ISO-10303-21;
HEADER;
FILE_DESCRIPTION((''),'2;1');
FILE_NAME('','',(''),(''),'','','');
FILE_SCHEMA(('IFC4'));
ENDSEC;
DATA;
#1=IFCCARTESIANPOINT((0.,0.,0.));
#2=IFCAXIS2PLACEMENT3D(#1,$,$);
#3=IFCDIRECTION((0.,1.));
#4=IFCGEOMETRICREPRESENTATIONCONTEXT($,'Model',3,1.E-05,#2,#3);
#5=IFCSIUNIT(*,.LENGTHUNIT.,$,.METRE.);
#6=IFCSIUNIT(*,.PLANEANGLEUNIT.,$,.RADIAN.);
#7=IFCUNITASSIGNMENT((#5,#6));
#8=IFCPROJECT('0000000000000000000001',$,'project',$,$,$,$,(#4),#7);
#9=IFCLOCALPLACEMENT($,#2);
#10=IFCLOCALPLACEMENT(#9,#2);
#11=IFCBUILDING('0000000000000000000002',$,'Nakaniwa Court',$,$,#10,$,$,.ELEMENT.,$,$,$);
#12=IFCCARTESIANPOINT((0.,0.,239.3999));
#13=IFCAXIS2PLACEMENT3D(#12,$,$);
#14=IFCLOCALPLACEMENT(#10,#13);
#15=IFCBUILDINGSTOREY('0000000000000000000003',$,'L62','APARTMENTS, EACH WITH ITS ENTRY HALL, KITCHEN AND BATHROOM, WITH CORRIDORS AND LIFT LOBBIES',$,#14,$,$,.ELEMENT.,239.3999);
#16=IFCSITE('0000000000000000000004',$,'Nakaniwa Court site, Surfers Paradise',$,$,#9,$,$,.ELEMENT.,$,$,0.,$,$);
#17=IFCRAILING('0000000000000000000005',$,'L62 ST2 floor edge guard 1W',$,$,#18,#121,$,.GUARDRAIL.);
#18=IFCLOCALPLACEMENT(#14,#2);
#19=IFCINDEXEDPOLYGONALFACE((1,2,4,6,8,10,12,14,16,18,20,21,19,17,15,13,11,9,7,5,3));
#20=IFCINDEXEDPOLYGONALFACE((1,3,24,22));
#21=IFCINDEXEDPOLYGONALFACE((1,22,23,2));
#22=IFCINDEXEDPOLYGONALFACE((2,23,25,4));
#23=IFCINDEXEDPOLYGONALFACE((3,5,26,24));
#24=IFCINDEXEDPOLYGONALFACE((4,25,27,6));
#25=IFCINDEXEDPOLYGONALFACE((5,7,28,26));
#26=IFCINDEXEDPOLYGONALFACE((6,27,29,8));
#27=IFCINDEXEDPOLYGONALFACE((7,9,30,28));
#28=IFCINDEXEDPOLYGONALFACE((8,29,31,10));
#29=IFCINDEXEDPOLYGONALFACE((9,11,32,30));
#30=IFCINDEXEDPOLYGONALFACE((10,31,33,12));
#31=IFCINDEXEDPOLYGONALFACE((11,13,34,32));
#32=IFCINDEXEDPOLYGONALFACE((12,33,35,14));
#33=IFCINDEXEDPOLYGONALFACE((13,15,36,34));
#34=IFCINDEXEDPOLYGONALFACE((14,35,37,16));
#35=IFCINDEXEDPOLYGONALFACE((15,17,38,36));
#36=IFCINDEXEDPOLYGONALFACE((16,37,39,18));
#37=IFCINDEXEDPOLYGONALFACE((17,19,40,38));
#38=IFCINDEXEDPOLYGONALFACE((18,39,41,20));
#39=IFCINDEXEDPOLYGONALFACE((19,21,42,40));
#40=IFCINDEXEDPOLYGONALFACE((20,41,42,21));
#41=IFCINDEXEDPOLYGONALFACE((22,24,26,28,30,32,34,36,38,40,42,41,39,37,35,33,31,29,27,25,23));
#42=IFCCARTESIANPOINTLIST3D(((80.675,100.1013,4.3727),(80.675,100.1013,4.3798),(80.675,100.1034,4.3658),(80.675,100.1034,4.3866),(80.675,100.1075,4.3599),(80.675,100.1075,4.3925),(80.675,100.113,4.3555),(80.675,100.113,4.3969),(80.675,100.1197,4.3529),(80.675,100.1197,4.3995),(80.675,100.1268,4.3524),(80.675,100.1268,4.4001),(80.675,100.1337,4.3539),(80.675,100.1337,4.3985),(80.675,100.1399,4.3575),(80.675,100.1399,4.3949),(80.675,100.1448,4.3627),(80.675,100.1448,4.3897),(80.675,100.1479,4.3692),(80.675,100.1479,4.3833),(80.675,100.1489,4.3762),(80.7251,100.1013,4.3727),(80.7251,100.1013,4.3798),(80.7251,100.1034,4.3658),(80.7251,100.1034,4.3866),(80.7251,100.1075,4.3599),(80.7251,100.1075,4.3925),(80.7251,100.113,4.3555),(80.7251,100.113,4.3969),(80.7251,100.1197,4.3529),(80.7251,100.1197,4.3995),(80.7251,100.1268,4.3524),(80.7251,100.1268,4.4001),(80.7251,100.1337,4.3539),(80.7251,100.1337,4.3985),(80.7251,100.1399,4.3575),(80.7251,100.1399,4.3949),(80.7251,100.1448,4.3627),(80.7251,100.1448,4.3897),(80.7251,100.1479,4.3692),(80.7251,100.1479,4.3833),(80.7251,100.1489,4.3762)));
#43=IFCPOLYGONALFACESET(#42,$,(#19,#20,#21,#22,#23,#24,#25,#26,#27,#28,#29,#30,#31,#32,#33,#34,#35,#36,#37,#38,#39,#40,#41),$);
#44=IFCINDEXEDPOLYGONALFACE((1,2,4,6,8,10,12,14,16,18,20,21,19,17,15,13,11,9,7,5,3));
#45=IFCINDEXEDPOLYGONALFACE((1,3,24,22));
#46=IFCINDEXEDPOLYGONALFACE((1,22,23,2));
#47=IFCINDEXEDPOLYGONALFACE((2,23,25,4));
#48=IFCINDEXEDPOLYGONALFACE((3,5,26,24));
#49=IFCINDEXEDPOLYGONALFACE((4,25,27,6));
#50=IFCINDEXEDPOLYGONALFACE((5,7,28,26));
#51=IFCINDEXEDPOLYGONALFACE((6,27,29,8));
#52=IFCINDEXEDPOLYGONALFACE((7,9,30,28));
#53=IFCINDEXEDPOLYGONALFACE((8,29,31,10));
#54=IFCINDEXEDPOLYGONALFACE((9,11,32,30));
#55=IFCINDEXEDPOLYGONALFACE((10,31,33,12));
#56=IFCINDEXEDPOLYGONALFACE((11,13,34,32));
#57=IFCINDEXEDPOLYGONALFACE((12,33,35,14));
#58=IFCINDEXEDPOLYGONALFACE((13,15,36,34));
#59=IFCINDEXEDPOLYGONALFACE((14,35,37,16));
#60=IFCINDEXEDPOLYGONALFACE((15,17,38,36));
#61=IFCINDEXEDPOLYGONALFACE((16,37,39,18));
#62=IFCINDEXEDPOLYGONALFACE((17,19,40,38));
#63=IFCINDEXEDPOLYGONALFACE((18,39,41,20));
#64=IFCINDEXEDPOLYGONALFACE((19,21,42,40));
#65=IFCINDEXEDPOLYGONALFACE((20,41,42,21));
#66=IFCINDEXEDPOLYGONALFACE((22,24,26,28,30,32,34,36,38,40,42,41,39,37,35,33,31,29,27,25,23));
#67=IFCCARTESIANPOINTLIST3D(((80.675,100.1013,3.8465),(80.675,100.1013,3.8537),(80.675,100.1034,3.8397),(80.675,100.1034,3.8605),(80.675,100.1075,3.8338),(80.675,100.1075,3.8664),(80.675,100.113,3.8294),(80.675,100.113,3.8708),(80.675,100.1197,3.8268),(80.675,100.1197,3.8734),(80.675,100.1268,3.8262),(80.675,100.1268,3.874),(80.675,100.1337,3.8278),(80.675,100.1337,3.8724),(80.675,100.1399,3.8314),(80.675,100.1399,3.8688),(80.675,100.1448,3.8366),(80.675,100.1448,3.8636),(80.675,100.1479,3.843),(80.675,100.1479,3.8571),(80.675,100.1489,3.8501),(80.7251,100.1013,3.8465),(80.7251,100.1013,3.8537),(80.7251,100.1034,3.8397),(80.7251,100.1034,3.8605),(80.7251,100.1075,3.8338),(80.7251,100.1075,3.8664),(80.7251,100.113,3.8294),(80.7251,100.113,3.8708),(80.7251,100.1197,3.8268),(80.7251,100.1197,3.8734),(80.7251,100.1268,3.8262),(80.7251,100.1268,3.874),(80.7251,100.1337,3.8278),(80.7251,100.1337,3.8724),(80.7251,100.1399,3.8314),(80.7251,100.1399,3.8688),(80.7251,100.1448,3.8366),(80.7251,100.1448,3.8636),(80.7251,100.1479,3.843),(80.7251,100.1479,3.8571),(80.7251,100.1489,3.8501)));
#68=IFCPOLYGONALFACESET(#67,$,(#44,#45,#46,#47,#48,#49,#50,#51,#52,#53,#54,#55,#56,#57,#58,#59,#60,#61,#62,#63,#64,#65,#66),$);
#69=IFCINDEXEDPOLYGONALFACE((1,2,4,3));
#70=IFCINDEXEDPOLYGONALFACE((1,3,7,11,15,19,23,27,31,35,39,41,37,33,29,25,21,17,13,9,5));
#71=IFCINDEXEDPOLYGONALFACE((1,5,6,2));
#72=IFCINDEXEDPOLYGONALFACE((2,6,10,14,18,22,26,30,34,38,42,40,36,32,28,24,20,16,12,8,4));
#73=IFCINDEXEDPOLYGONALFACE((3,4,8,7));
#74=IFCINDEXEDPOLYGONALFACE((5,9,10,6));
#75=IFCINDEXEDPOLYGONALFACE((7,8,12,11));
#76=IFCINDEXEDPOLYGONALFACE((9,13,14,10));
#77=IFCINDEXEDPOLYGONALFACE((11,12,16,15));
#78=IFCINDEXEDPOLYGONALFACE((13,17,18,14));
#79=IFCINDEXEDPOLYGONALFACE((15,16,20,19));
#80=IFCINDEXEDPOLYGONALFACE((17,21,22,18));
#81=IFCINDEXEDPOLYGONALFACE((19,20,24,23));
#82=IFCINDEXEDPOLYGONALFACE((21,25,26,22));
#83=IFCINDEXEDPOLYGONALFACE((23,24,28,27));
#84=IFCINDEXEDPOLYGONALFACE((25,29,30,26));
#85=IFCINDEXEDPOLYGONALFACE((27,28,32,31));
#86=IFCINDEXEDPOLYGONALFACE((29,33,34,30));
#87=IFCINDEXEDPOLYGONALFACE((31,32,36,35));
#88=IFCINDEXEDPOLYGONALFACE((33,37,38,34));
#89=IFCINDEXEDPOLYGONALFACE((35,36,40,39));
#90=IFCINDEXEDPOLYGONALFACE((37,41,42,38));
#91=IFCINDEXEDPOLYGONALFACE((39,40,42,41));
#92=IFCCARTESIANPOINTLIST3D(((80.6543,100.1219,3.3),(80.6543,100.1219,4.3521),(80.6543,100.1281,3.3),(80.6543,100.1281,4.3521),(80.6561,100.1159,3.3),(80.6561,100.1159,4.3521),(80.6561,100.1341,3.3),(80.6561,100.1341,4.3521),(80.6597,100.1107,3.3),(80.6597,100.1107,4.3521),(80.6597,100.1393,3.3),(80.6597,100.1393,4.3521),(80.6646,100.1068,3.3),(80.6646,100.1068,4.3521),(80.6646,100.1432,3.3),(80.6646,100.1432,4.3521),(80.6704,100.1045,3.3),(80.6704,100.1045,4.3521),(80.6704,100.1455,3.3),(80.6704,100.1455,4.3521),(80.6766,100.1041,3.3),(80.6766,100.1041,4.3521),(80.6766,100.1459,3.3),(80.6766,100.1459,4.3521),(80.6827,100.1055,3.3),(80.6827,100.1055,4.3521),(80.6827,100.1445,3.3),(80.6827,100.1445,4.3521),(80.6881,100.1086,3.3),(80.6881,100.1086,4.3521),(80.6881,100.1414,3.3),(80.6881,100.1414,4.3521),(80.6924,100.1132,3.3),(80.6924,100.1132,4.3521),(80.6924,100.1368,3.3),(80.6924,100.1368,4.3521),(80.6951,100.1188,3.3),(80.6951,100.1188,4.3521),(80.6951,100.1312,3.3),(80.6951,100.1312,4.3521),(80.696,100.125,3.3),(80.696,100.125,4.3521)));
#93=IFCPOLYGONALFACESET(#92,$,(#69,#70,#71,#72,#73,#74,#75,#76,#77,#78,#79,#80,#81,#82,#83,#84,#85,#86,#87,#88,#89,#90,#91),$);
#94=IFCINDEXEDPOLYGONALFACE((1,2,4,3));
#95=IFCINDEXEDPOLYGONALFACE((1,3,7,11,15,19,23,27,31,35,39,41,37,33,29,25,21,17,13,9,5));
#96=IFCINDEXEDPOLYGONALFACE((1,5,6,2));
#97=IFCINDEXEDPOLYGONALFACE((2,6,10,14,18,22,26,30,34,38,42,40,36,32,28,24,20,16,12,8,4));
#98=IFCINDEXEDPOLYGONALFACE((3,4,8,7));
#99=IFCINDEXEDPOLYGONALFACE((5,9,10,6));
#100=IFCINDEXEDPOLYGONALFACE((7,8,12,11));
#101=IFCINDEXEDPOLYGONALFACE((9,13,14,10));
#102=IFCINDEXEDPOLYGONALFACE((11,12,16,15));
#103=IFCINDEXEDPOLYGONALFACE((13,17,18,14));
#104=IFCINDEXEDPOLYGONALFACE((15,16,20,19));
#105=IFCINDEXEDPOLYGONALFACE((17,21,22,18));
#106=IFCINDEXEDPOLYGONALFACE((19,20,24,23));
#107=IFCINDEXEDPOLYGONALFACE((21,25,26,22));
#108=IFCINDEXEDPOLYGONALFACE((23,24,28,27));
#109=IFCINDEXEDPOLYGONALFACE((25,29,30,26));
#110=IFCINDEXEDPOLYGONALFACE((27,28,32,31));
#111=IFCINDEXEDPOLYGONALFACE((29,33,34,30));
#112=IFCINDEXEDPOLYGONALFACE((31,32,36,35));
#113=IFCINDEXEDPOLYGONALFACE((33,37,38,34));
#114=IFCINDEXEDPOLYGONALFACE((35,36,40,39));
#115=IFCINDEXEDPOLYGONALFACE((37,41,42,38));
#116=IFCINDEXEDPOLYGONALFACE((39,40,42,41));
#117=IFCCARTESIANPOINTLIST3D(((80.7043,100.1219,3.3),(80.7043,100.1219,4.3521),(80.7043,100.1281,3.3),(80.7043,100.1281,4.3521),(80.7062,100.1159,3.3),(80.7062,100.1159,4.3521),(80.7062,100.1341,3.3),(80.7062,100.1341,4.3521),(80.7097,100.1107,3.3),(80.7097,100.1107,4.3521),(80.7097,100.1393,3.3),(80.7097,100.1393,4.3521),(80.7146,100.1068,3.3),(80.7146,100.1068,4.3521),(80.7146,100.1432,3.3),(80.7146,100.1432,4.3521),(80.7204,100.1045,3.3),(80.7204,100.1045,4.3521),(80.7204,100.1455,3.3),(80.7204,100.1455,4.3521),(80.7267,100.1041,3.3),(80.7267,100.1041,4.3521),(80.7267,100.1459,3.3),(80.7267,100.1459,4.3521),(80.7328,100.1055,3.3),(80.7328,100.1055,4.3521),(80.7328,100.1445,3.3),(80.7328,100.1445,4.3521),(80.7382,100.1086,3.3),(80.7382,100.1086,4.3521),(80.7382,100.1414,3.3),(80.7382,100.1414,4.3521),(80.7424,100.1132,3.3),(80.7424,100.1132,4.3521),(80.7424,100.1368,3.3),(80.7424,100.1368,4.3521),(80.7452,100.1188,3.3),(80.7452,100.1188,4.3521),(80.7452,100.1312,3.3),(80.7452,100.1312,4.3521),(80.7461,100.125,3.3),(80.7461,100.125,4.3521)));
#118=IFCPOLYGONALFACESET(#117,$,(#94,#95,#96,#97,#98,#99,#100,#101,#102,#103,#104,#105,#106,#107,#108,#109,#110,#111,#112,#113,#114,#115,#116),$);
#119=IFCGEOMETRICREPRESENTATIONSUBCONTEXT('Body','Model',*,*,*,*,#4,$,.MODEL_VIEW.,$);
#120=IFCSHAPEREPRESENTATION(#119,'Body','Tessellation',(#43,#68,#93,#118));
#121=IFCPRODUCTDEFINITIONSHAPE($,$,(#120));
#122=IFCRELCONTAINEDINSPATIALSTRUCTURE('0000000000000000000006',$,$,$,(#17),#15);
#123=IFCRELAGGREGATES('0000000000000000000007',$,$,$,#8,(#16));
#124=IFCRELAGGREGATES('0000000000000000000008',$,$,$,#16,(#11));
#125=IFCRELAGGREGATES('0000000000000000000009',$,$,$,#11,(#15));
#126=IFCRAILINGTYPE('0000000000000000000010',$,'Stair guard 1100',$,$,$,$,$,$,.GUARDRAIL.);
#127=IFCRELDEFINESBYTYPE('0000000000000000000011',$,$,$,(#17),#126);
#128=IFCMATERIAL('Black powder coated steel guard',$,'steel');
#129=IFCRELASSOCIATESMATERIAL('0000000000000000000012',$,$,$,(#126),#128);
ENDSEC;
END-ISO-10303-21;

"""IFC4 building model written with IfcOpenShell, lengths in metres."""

from ifc_helpers import new_model, si_unit, direction, frame, origin, origin_2d, place, context, subcontext, project, spatial, circle, extrude, material, type_object, element, save


model = new_model("IFC4")

# Units and contexts
model_context = context("Model", 3, precision=1e-05, world=origin(), true_north=direction((0.0, 1.0)))
body_context = subcontext(model_context, "Body", "Model", "MODEL_VIEW")
ifc_project = project(units=[si_unit("LENGTHUNIT", "METRE"), si_unit("PLANEANGLEUNIT", "RADIAN")], contexts=[model_context])

# Site, building, storey
site_placement = place(None, origin())
site = spatial("IfcSite", under=ifc_project, at=site_placement, Name="Nakaniwa Court site, Surfers Paradise", CompositionType="ELEMENT", RefElevation=0.0)
building_placement = place(site_placement, origin())
building = spatial("IfcBuilding", under=site, at=building_placement, Name="Nakaniwa Court", CompositionType="ELEMENT")
storey_placement = place(building_placement, frame((0.0, 0.0, 239.3999)))
storey = spatial("IfcBuildingStorey", under=building, at=storey_placement, Name="L62", Description="APARTMENTS, EACH WITH ITS ENTRY HALL, KITCHEN AND BATHROOM, WITH CORRIDORS AND LIFT LOBBIES", CompositionType="ELEMENT", Elevation=239.3999)

# Railing
ifc_material_1 = material(Name="Black powder coated steel guard", Category="steel")
railing_type_1 = type_object("IfcRailingType", Name="Stair guard 1100", PredefinedType="GUARDRAIL", material=ifc_material_1)
for number, where, name in (
    (1, (80.675, 100.125, 3.3), "L62 ST2 floor edge guard 1W"),
):
    element("IfcRailing", number, at=place(storey_placement, frame(where)), inside=storey, type_object=railing_type_1, Name=name, PredefinedType="GUARDRAIL", context=body_context, shape_type="SweptSolid", body=[
        extrude(circle(Radius=0.0239, at=origin_2d()), frame((0.0, 0.0, 1.0762), z_axis=(1.0, 0.0, 0.0), x_axis=(0.0, 1.0, 0.0)), (0.0, 0.0, 1.0), 0.05),
        extrude(circle(Radius=0.0239, at=origin_2d()), frame((0.0, 0.0, 0.55), z_axis=(1.0, 0.0, 0.0), x_axis=(0.0, 1.0, 0.0)), (0.0, 0.0, 1.0), 0.05),
        extrude(circle(Radius=0.021, at=origin_2d()), origin(), (0.0, 0.0, 1.0), 1.052),
        extrude(circle(Radius=0.021, at=origin_2d()), frame((0.05, 0.0, 0.0)), (0.0, 0.0, 1.0), 1.052),
    ])

save(model, "model.ifc")
